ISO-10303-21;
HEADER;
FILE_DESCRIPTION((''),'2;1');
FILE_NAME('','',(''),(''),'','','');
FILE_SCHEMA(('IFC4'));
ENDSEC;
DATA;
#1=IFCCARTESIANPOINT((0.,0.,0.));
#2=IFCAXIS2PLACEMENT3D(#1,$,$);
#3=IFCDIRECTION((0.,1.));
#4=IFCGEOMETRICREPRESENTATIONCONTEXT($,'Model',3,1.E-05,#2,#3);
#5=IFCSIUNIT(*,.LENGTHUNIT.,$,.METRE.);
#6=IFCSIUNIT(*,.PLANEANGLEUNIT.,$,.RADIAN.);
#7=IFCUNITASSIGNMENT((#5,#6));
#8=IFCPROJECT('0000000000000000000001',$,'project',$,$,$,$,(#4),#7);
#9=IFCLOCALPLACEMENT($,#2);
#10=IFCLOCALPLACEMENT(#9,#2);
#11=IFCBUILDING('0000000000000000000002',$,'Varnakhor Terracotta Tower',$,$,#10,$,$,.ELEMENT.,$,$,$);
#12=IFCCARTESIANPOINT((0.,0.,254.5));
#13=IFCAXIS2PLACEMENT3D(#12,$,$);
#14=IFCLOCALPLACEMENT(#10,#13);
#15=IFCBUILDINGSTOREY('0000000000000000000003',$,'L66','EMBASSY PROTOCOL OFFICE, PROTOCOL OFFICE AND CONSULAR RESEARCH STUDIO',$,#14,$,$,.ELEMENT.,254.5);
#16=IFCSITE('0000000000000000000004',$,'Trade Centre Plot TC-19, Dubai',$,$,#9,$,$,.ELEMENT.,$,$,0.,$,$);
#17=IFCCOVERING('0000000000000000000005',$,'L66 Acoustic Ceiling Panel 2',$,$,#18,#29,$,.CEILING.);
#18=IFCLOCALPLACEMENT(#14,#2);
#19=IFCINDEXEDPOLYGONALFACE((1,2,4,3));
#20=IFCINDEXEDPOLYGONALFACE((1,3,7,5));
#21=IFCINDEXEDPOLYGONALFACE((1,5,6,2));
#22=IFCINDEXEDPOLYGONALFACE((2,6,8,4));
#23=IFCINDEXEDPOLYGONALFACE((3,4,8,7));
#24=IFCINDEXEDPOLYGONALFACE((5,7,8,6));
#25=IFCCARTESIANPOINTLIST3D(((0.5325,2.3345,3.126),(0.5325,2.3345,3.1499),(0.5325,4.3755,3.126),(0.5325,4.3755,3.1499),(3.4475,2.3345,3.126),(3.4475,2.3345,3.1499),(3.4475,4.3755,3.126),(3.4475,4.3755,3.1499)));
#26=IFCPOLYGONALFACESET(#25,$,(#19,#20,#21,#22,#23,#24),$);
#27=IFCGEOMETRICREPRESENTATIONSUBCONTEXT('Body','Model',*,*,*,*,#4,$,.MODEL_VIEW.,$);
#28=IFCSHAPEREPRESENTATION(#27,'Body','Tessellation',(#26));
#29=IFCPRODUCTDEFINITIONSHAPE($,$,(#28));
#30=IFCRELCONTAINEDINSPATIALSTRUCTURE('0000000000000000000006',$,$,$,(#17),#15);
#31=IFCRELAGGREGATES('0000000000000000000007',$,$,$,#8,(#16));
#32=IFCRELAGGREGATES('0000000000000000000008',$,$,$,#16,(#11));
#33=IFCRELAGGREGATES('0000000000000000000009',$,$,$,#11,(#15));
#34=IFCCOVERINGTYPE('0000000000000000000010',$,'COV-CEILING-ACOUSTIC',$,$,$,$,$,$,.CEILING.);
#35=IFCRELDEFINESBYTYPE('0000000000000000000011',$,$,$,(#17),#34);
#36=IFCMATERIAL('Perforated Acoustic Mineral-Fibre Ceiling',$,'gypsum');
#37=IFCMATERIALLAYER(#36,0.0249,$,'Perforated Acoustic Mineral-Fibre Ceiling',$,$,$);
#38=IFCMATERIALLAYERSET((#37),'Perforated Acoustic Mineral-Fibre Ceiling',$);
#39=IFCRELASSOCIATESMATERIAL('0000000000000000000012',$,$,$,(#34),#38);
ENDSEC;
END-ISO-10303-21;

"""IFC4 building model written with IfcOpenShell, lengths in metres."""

from ifc_helpers import new_model, si_unit, direction, frame, origin, origin_2d, place, context, subcontext, project, spatial, rectangle, extrude, source, transform, mapped, material, layer, layer_set, type_object, element, save


model = new_model("IFC4")

# Units and contexts
model_context = context("Model", 3, precision=1e-05, world=origin(), true_north=direction((0.0, 1.0)))
body_context = subcontext(model_context, "Body", "Model", "MODEL_VIEW")
ifc_project = project(units=[si_unit("LENGTHUNIT", "METRE"), si_unit("PLANEANGLEUNIT", "RADIAN")], contexts=[model_context])

# Site, building, storey
site_placement = place(None, origin())
site = spatial("IfcSite", under=ifc_project, at=site_placement, Name="Trade Centre Plot TC-19, Dubai", CompositionType="ELEMENT", RefElevation=0.0)
building_placement = place(site_placement, origin())
building = spatial("IfcBuilding", under=site, at=building_placement, Name="Varnakhor Terracotta Tower", CompositionType="ELEMENT")
storey_placement = place(building_placement, frame((0.0, 0.0, 254.5)))
storey = spatial("IfcBuildingStorey", under=building, at=storey_placement, Name="L66", Description="EMBASSY PROTOCOL OFFICE, PROTOCOL OFFICE AND CONSULAR RESEARCH STUDIO", CompositionType="ELEMENT", Elevation=254.5)

# Covering
ifc_material_1 = material(Name="Perforated Acoustic Mineral-Fibre Ceiling", Category="gypsum")
ifc_layer_1 = layer(ifc_material_1, 0.0249, Name="Perforated Acoustic Mineral-Fibre Ceiling")
ifc_layer_set_1 = layer_set([ifc_layer_1], Name="Perforated Acoustic Mineral-Fibre Ceiling")
covering_type_1 = type_object("IfcCoveringType", Name="COV-CEILING-ACOUSTIC", PredefinedType="CEILING", material=ifc_layer_set_1)
shared_shape_1 = source(origin(), body_context, "Body", "SweptSolid", [
    extrude(rectangle(XDim=2.915, YDim=2.041, at=origin_2d()), origin(), (0.0, 0.0, 1.0), 0.0239),
])
covering_1_placement = place(storey_placement, frame((1.99, 3.355, 3.126), z_axis=(0.0, 0.0, 1.0), x_axis=(1.0, 0.0, 0.0)))
element("IfcCovering", 1, at=covering_1_placement, inside=storey, type_object=covering_type_1, Name="L66 Acoustic Ceiling Panel 2", PredefinedType="CEILING", context=body_context, shape_type="MappedRepresentation", body=[
    mapped(shared_shape_1, transform((0.0, 0.0, 0.0), scale=1.0)),
])

save(model, "model.ifc")
